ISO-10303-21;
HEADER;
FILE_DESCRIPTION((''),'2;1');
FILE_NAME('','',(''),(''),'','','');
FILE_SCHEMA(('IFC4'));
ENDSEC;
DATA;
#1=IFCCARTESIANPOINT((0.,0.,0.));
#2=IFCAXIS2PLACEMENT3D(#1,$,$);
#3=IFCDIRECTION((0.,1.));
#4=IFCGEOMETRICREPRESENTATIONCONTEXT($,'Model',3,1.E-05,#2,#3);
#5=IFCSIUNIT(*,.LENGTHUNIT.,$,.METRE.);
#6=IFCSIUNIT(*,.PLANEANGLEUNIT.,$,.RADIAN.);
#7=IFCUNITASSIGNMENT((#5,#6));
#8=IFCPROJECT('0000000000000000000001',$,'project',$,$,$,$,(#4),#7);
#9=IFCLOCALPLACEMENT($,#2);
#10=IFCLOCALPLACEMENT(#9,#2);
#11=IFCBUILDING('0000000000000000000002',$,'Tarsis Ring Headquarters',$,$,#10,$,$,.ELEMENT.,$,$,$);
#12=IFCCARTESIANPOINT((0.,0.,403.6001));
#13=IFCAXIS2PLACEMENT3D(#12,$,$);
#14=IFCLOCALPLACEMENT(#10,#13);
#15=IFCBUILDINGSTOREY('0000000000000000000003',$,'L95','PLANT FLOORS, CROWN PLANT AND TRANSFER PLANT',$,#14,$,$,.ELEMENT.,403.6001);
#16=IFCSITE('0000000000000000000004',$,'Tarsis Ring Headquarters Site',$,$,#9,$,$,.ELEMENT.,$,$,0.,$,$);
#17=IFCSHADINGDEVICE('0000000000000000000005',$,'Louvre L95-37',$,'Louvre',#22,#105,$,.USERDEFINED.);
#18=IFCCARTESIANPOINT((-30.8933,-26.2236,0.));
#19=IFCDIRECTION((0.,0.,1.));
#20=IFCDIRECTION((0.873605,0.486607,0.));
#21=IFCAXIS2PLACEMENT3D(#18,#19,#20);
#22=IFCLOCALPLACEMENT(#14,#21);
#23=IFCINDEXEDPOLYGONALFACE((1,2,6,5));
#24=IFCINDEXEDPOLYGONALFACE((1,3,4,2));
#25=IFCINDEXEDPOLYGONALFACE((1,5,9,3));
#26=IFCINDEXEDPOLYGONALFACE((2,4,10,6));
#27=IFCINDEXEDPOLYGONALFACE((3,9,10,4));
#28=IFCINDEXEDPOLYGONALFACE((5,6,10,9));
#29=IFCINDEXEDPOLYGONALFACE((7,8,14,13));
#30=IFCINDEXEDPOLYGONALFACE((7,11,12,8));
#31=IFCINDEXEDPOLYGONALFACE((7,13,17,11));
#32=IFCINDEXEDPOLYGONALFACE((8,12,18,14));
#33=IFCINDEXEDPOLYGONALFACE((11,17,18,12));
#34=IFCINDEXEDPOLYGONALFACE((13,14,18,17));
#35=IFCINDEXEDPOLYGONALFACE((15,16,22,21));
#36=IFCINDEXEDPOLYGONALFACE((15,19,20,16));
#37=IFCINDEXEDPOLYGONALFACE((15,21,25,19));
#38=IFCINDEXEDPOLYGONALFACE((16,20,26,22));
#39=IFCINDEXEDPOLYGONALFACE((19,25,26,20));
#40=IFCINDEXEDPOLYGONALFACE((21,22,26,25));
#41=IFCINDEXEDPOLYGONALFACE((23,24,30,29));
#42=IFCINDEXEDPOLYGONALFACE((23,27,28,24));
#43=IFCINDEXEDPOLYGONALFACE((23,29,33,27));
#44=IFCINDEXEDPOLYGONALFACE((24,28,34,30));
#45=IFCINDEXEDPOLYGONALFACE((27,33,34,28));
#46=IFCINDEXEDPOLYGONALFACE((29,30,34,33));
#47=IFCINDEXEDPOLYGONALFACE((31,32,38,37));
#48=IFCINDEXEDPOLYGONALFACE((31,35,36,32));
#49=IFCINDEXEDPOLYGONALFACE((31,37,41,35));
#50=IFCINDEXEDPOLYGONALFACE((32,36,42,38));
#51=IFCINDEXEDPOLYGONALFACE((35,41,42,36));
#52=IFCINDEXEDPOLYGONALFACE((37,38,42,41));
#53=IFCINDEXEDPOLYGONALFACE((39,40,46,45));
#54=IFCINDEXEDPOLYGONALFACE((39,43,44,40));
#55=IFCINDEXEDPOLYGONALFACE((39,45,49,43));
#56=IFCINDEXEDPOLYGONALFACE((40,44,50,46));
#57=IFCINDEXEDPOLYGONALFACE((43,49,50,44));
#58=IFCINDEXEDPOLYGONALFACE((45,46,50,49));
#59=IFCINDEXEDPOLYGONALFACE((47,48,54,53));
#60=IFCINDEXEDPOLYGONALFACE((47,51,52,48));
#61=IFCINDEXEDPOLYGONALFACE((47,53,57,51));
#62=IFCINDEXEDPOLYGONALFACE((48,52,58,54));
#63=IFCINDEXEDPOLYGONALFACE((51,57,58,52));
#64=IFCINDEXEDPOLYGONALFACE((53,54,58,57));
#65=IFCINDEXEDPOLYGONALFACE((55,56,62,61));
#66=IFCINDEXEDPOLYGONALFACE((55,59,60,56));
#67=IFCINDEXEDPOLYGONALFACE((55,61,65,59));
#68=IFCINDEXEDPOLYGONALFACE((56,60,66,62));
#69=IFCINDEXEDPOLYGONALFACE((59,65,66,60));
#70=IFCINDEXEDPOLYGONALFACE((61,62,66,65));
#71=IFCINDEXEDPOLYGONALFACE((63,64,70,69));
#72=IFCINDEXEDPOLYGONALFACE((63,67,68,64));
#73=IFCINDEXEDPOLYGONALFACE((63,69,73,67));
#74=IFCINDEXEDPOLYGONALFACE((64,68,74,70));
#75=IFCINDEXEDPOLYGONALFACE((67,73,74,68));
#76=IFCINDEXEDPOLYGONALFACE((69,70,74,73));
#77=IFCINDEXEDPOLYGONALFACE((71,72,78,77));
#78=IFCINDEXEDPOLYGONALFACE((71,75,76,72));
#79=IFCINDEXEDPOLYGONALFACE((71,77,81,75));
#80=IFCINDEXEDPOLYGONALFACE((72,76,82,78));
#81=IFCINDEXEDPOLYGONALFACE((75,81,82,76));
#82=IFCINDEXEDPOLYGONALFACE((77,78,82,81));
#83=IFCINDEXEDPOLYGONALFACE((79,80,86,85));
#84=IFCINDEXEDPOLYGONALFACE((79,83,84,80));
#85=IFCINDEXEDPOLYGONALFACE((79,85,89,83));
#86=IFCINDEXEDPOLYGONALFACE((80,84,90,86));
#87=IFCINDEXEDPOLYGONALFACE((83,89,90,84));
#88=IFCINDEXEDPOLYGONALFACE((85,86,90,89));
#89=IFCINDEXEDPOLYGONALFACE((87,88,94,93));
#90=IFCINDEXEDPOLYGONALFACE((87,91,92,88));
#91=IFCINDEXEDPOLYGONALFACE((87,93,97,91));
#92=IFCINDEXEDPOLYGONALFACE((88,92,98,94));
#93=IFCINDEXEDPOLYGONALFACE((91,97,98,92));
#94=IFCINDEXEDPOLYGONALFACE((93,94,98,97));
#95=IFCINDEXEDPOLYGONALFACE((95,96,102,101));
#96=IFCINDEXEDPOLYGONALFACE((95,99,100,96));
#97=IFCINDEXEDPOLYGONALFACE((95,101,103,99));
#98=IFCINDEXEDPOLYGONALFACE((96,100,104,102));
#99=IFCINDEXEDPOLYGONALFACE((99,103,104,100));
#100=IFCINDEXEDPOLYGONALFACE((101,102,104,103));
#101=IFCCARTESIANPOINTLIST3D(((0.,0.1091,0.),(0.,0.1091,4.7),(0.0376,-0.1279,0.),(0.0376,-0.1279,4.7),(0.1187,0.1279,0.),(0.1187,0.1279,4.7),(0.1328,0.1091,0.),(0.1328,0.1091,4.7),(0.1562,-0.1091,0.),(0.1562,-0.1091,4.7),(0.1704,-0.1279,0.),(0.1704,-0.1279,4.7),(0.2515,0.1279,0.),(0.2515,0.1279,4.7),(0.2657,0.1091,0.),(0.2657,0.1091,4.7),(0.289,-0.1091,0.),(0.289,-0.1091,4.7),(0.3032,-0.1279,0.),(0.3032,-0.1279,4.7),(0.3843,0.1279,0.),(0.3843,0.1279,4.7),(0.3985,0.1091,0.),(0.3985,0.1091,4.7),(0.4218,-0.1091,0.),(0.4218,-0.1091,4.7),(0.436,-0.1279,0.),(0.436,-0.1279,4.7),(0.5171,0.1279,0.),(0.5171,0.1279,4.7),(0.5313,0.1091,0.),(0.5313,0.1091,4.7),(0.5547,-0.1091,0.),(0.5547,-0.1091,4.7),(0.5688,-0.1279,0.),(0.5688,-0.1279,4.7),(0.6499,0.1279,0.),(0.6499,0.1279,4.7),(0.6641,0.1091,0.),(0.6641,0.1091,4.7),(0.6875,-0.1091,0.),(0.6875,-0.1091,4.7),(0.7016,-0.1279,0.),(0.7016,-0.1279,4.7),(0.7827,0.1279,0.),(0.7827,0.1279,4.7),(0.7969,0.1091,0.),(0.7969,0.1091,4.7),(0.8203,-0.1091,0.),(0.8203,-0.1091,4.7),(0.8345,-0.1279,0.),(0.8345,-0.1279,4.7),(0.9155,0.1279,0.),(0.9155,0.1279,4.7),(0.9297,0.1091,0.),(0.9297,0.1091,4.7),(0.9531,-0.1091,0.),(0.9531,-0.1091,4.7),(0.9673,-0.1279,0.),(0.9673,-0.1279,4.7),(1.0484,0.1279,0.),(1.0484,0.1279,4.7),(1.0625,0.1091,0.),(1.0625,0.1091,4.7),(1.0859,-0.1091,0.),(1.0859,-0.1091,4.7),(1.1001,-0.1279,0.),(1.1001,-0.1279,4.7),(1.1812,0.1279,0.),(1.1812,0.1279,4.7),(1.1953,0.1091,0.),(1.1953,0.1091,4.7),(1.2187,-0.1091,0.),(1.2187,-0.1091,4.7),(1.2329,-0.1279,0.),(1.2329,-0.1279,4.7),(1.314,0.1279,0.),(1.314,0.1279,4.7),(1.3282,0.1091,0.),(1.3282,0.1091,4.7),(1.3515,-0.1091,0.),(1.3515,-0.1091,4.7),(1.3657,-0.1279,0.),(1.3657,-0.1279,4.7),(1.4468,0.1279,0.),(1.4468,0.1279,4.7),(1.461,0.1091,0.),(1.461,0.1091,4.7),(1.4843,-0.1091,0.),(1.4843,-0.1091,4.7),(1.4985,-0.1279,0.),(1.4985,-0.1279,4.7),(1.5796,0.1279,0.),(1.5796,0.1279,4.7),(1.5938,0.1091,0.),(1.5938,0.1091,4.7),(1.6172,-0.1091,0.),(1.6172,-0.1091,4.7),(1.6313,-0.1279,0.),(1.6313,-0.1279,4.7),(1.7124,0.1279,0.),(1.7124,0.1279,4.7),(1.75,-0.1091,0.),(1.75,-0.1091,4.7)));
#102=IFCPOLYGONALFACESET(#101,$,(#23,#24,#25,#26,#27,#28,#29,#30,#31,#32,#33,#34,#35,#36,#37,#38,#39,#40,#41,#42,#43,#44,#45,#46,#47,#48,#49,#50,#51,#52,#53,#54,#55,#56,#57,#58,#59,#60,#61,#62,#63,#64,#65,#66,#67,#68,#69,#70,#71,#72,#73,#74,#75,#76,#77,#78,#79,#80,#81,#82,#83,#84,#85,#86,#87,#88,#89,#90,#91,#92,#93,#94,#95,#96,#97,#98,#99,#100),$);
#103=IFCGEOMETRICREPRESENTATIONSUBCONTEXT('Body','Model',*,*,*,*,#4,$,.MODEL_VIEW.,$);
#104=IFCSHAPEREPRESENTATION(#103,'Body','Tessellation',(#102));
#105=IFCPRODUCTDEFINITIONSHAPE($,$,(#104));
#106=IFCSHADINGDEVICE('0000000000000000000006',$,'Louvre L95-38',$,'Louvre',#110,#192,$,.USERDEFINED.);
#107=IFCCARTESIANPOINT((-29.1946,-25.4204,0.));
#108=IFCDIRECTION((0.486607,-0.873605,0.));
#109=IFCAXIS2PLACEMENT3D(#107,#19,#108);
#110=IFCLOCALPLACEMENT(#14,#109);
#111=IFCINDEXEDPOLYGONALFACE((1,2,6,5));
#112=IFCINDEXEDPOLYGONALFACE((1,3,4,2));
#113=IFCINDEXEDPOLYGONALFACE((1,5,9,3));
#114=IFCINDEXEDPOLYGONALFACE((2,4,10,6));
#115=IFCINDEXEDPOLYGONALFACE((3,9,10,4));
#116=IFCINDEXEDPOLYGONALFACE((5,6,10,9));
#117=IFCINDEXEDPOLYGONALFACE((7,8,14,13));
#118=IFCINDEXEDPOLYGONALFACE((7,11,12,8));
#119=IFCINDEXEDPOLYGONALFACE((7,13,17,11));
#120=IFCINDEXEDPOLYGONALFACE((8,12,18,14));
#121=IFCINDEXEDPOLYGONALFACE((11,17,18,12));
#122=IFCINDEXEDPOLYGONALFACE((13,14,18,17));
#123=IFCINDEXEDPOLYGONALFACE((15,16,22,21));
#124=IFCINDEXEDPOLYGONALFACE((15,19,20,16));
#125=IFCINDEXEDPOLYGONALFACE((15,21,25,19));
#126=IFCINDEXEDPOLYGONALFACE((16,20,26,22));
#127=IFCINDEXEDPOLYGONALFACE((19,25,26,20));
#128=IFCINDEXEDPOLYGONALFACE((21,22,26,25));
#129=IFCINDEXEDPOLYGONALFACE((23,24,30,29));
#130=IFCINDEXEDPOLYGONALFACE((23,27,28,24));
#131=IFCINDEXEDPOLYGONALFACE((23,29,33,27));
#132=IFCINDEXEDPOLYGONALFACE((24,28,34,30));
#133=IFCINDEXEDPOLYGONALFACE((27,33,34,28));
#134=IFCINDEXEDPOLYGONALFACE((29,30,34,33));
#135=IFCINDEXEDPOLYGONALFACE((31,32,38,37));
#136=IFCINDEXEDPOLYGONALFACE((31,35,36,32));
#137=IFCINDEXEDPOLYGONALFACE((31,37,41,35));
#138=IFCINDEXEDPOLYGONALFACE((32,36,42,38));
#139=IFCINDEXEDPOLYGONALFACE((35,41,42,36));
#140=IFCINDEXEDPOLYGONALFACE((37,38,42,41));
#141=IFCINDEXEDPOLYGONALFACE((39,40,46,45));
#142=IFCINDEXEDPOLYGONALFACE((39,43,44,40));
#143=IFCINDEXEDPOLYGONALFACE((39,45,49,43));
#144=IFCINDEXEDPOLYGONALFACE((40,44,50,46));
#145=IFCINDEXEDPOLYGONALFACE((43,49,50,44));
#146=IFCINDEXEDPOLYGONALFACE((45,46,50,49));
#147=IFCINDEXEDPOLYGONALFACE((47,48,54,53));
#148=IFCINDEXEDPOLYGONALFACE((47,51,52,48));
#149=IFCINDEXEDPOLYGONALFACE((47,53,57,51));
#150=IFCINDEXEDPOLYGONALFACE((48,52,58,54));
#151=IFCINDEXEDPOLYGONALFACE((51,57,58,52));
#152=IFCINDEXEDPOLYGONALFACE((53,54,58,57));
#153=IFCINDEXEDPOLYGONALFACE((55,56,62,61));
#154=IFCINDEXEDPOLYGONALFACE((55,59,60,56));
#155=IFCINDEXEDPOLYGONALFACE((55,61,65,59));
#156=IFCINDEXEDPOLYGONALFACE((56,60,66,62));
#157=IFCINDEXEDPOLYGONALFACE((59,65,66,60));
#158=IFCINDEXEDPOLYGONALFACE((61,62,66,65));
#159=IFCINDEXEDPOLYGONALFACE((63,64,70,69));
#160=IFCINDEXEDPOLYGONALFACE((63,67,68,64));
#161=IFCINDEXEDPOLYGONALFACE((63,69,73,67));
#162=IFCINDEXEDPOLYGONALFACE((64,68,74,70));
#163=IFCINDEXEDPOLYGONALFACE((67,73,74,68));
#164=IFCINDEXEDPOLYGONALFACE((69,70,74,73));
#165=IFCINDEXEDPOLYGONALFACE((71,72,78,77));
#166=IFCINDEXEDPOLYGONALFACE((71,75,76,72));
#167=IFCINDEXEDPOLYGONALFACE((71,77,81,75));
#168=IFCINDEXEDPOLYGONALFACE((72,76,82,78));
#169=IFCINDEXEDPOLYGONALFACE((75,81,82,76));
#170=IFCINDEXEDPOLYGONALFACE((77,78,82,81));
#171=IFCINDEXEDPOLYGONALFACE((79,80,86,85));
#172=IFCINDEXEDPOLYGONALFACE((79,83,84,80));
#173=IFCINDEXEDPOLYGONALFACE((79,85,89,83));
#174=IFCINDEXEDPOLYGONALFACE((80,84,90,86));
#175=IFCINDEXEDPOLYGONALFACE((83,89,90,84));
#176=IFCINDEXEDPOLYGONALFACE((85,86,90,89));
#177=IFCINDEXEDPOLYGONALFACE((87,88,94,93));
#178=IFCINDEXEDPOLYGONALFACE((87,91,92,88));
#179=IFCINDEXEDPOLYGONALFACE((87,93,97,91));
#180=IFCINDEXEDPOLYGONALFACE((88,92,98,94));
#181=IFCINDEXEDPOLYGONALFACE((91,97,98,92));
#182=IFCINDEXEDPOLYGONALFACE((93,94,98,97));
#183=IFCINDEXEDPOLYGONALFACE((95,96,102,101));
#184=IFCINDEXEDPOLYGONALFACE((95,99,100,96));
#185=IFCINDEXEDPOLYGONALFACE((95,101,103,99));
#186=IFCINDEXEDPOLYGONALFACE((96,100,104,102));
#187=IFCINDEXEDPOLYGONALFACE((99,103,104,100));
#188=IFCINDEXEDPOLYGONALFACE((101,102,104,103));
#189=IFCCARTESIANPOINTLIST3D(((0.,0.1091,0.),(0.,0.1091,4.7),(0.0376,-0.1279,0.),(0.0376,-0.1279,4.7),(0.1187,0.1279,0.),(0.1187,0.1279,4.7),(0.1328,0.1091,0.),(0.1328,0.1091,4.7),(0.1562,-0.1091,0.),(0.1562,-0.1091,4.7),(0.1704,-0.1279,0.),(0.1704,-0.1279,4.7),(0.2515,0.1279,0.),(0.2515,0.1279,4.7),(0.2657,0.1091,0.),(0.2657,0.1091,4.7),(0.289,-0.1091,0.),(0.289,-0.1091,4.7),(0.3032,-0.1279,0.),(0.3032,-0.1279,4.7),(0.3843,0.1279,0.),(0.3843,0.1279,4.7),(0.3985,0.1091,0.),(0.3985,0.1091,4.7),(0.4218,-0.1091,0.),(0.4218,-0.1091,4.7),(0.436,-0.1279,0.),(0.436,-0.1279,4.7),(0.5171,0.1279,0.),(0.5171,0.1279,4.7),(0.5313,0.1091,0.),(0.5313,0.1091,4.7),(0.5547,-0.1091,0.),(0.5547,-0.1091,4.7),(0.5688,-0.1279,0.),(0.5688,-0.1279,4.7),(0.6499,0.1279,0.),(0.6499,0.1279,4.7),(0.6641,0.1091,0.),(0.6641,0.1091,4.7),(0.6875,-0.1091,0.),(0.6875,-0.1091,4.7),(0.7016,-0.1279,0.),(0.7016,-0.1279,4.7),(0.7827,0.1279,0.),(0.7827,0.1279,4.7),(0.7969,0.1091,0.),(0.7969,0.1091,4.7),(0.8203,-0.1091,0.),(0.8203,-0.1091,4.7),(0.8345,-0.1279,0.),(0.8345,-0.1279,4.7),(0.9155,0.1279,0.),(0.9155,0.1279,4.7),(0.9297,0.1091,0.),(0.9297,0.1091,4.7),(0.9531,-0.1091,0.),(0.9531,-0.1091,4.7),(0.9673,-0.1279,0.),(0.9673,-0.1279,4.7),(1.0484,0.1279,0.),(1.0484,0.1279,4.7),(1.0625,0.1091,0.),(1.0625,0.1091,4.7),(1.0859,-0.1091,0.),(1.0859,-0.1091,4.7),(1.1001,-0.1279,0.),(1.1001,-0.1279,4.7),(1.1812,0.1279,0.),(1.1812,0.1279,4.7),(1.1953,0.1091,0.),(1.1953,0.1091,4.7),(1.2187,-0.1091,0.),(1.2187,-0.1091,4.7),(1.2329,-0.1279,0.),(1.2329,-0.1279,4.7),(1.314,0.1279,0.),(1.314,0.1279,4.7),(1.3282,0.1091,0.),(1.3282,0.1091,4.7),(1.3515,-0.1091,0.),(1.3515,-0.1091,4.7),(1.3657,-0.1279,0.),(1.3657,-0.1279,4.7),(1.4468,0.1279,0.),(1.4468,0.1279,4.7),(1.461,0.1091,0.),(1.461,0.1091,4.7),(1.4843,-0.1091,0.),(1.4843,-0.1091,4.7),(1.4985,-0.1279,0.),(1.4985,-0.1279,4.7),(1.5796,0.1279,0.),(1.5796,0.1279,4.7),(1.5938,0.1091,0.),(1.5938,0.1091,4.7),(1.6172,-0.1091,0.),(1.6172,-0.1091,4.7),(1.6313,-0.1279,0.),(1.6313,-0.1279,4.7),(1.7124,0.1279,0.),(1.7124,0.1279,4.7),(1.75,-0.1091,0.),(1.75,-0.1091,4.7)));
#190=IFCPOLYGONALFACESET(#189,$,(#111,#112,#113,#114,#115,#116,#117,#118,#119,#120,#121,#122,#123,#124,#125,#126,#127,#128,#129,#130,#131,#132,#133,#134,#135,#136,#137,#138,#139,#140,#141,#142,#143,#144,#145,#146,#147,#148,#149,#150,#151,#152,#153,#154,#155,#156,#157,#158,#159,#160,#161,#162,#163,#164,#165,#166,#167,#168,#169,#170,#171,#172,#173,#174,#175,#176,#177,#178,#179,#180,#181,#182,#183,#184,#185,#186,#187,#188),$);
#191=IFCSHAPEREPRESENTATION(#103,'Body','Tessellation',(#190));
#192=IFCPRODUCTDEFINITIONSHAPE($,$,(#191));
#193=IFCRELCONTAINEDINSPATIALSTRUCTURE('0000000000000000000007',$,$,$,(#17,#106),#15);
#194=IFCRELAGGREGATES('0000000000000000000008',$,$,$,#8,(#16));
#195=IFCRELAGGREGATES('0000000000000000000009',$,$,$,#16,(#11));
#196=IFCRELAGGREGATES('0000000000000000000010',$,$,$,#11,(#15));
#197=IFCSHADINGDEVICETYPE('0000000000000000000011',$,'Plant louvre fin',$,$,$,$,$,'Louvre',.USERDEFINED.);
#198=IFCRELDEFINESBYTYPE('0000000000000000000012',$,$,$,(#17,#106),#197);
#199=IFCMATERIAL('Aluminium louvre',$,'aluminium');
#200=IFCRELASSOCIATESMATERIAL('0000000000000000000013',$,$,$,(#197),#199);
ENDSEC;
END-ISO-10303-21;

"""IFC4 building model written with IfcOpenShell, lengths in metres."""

from ifc_helpers import new_model, si_unit, direction, frame, frame_2d, origin, place, context, subcontext, project, spatial, rectangle, composite_profile, extrude, material, type_object, element, save


model = new_model("IFC4")

# Units and contexts
model_context = context("Model", 3, precision=1e-05, world=origin(), true_north=direction((0.0, 1.0)))
body_context = subcontext(model_context, "Body", "Model", "MODEL_VIEW")
ifc_project = project(units=[si_unit("LENGTHUNIT", "METRE"), si_unit("PLANEANGLEUNIT", "RADIAN")], contexts=[model_context])

# Site, building, storey
site_placement = place(None, origin())
site = spatial("IfcSite", under=ifc_project, at=site_placement, Name="Tarsis Ring Headquarters Site", CompositionType="ELEMENT", RefElevation=0.0)
building_placement = place(site_placement, origin())
building = spatial("IfcBuilding", under=site, at=building_placement, Name="Tarsis Ring Headquarters", CompositionType="ELEMENT")
storey_placement = place(building_placement, frame((0.0, 0.0, 403.6001)))
storey = spatial("IfcBuildingStorey", under=building, at=storey_placement, Name="L95", Description="PLANT FLOORS, CROWN PLANT AND TRANSFER PLANT", CompositionType="ELEMENT", Elevation=403.6001)

# Shading devices
ifc_material_1 = material(Name="Aluminium louvre", Category="aluminium")
shading_device_type_1 = type_object("IfcShadingDeviceType", Name="Plant louvre fin", ElementType="Louvre", PredefinedType="USERDEFINED", material=ifc_material_1)
for number, where, z_axis, x_axis, name in (
    (1, (-30.8933, -26.2236, 0.0), (0.0, 0.0, 1.0), (0.873605, 0.486607, 0.0), "Louvre L95-37"),
    (2, (-29.1946, -25.4204, 0.0), (0.0, 0.0, 1.0), (0.486607, -0.873605, 0.0), "Louvre L95-38"),
):
    element("IfcShadingDevice", number, at=place(storey_placement, frame(where, z_axis=z_axis, x_axis=x_axis)), inside=storey, type_object=shading_device_type_1, Name=name, ObjectType="Louvre", PredefinedType="USERDEFINED", context=body_context, shape_type="SweptSolid", body=[
        extrude(composite_profile([rectangle(XDim=0.1201, YDim=0.24, at=frame_2d((0.0781, 0.0), x_axis=(0.987688, 0.156434))), rectangle(XDim=0.1201, YDim=0.24, at=frame_2d((0.2109, 0.0), x_axis=(0.987688, 0.156434))), rectangle(XDim=0.1201, YDim=0.24, at=frame_2d((0.3438, 0.0), x_axis=(0.987688, 0.156434))), rectangle(XDim=0.1201, YDim=0.24, at=frame_2d((0.4766, 0.0), x_axis=(0.987688, 0.156434))), rectangle(XDim=0.1201, YDim=0.24, at=frame_2d((0.6094, 0.0), x_axis=(0.987688, 0.156434))), rectangle(XDim=0.1201, YDim=0.24, at=frame_2d((0.7422, 0.0), x_axis=(0.987688, 0.156434))), rectangle(XDim=0.1201, YDim=0.24, at=frame_2d((0.875, 0.0), x_axis=(0.987688, 0.156434))), rectangle(XDim=0.1201, YDim=0.24, at=frame_2d((1.0078, 0.0), x_axis=(0.987688, 0.156434))), rectangle(XDim=0.1201, YDim=0.24, at=frame_2d((1.1406, 0.0), x_axis=(0.987688, 0.156434))), rectangle(XDim=0.1201, YDim=0.24, at=frame_2d((1.2734, 0.0), x_axis=(0.987688, 0.156434))), rectangle(XDim=0.1201, YDim=0.24, at=frame_2d((1.4062, 0.0), x_axis=(0.987688, 0.156434))), rectangle(XDim=0.1201, YDim=0.24, at=frame_2d((1.5391, 0.0), x_axis=(0.987688, 0.156434))), rectangle(XDim=0.1201, YDim=0.24, at=frame_2d((1.6719, 0.0), x_axis=(0.987688, 0.156434)))]), origin(), (0.0, 0.0, 1.0), 4.7),
    ])

save(model, "model.ifc")
